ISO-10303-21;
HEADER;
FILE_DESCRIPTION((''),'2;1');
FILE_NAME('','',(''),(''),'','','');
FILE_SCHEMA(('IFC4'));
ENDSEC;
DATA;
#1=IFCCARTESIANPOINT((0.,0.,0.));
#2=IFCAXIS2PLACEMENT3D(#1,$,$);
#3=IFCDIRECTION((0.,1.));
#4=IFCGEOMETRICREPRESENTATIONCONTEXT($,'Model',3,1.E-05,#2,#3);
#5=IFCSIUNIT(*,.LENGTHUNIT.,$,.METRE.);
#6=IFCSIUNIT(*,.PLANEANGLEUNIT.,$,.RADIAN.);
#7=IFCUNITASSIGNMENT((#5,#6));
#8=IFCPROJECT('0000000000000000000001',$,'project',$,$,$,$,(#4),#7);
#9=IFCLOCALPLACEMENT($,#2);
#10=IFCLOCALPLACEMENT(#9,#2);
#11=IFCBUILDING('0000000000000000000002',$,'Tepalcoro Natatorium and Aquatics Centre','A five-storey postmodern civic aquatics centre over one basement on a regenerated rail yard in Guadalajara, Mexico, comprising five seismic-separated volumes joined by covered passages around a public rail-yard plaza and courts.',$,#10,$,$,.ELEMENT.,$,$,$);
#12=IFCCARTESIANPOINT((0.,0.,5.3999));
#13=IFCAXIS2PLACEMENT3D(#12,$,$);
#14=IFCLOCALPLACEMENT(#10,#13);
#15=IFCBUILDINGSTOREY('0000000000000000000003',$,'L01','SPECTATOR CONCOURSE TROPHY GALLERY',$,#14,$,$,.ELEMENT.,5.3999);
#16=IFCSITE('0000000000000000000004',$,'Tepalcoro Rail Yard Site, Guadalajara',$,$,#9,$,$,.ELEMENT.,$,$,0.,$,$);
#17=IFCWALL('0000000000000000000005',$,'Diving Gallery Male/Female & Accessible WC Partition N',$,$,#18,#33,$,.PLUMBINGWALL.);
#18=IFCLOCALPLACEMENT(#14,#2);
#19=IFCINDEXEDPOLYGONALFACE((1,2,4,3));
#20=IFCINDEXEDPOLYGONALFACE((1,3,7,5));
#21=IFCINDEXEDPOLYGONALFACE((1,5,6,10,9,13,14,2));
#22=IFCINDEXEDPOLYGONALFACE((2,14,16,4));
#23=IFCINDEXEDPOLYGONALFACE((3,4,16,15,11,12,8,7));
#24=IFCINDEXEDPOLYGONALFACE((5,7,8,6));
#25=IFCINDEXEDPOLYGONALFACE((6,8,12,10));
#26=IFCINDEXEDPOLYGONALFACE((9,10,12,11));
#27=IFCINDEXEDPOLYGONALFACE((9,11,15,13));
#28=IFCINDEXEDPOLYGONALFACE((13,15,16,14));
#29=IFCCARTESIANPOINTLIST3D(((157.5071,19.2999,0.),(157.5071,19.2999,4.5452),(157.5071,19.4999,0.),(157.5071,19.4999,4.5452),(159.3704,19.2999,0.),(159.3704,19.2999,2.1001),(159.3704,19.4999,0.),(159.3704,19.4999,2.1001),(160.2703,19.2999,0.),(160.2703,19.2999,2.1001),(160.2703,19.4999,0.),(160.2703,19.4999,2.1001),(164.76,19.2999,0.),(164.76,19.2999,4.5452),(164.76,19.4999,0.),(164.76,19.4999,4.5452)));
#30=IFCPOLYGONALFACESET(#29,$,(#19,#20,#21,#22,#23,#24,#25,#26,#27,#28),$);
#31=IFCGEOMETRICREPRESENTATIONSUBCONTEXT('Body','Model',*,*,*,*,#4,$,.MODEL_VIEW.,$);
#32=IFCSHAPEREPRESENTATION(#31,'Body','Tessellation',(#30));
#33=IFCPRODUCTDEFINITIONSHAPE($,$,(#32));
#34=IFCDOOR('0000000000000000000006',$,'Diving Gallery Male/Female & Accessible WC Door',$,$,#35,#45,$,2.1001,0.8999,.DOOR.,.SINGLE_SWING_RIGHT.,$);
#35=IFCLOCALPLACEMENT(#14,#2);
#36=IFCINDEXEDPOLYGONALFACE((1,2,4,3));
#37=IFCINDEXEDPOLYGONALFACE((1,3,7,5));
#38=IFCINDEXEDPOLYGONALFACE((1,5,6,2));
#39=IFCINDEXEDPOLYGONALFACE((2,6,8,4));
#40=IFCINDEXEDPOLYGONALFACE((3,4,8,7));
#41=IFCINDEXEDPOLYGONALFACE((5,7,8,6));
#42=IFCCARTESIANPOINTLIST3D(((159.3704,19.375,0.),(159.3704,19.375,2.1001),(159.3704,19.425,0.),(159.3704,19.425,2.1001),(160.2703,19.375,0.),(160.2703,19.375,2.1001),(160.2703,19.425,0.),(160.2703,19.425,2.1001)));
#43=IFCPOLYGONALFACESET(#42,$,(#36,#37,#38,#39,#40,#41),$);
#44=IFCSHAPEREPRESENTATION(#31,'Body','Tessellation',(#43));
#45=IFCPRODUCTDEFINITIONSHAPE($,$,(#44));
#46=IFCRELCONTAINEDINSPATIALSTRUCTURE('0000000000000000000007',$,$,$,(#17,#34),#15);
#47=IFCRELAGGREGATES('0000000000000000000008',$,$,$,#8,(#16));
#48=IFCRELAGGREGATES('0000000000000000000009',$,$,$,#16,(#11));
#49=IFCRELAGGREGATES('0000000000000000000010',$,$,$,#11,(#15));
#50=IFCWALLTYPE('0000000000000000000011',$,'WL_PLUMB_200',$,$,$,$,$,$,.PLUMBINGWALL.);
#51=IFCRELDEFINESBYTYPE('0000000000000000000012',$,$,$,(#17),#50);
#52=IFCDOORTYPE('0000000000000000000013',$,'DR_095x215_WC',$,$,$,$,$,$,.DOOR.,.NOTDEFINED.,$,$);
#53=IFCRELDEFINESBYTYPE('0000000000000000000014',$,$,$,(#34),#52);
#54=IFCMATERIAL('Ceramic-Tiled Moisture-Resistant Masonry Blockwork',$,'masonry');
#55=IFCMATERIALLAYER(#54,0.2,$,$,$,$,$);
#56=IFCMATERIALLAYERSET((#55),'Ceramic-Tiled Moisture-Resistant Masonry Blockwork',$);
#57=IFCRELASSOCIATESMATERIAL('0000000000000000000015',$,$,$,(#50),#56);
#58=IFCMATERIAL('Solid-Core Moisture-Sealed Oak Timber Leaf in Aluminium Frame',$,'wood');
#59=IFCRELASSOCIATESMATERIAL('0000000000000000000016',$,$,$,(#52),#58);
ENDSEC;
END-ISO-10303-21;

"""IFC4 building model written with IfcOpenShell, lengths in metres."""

from ifc_helpers import new_model, si_unit, direction, frame, frame_2d, origin, place, context, subcontext, project, spatial, rectangle, extrude, material, layer, layer_set, type_object, element, fill, save


model = new_model("IFC4")

# Units and contexts
model_context = context("Model", 3, precision=1e-05, world=origin(), true_north=direction((0.0, 1.0)))
body_context = subcontext(model_context, "Body", "Model", "MODEL_VIEW")
ifc_project = project(units=[si_unit("LENGTHUNIT", "METRE"), si_unit("PLANEANGLEUNIT", "RADIAN")], contexts=[model_context])

# Site, building, storey
site_placement = place(None, origin())
site = spatial("IfcSite", under=ifc_project, at=site_placement, Name="Tepalcoro Rail Yard Site, Guadalajara", CompositionType="ELEMENT", RefElevation=0.0)
building_placement = place(site_placement, origin())
building = spatial("IfcBuilding", under=site, at=building_placement, Name="Tepalcoro Natatorium and Aquatics Centre", Description="A five-storey postmodern civic aquatics centre over one basement on a regenerated rail yard in Guadalajara, Mexico, comprising five seismic-separated volumes joined by covered passages around a public rail-yard plaza and courts.", CompositionType="ELEMENT")
storey_placement = place(building_placement, frame((0.0, 0.0, 5.3999)))
storey = spatial("IfcBuildingStorey", under=building, at=storey_placement, Name="L01", Description="SPECTATOR CONCOURSE TROPHY GALLERY", CompositionType="ELEMENT", Elevation=5.3999)

# Wall, opening, door
ifc_material_1 = material(Name="Solid-Core Moisture-Sealed Oak Timber Leaf in Aluminium Frame", Category="wood")
ifc_material_2 = material(Name="Ceramic-Tiled Moisture-Resistant Masonry Blockwork", Category="masonry")
ifc_layer_1 = layer(ifc_material_2, 0.2)
ifc_layer_set_1 = layer_set([ifc_layer_1], Name="Ceramic-Tiled Moisture-Resistant Masonry Blockwork")
wall_type_1 = type_object("IfcWallType", Name="WL_PLUMB_200", PredefinedType="PLUMBINGWALL", material=ifc_layer_set_1)
wall_1_placement = place(storey_placement, frame((157.5071, 19.3999, 0.0), z_axis=(0.0, 0.0, 1.0), x_axis=(1.0, 0.0, 0.0)))
wall_1 = element("IfcWall", 1, at=wall_1_placement, inside=storey, type_object=wall_type_1, Name="Diving Gallery Male/Female & Accessible WC Partition N", PredefinedType="PLUMBINGWALL", context=body_context, shape_type="SweptSolid", body=[
    extrude(rectangle(XDim=7.2529, YDim=0.2, at=frame_2d((3.6265, 0.0))), origin(), (0.0, 0.0, 1.0), 4.5452),
])
opening_1_placement = place(wall_1_placement, frame((1.8633, 0.0, 0.0)))
opening_1 = element("IfcOpeningElement", 2, at=opening_1_placement, cuts=wall_1, PredefinedType="OPENING", context=body_context, shape_type="SweptSolid", body=[
    extrude(rectangle(XDim=0.8999, YDim=2.1001, at=frame_2d((0.45, 1.05))), frame((0.0, 0.1118, 0.0), z_axis=(0.0, -1.0, 0.0), x_axis=(1.0, 0.0, 0.0)), (0.0, 0.0, 1.0), 0.2239),
])
door_type_1 = type_object("IfcDoorType", Name="DR_095x215_WC", OperationType="NOTDEFINED", PredefinedType="DOOR", material=ifc_material_1)
door_1_placement = place(opening_1_placement, frame((0.8999, 0.0, 0.0), z_axis=(0.0, 0.0, 1.0), x_axis=(-1.0, 0.0, 0.0)))
door_1 = element("IfcDoor", 3, at=door_1_placement, inside=storey, type_object=door_type_1, Name="Diving Gallery Male/Female & Accessible WC Door", OperationType="SINGLE_SWING_RIGHT", OverallHeight=2.1001, OverallWidth=0.8999, PredefinedType="DOOR", context=body_context, shape_type="SweptSolid", body=[
    extrude(rectangle(XDim=0.8999, YDim=2.1001, at=frame_2d((0.45, 1.05))), frame((0.0, 0.0249, 0.0), z_axis=(0.0, -1.0, 0.0), x_axis=(1.0, 0.0, 0.0)), (0.0, 0.0, 1.0), 0.05),
])
fill(opening_1, door_1)

save(model, "model.ifc")
